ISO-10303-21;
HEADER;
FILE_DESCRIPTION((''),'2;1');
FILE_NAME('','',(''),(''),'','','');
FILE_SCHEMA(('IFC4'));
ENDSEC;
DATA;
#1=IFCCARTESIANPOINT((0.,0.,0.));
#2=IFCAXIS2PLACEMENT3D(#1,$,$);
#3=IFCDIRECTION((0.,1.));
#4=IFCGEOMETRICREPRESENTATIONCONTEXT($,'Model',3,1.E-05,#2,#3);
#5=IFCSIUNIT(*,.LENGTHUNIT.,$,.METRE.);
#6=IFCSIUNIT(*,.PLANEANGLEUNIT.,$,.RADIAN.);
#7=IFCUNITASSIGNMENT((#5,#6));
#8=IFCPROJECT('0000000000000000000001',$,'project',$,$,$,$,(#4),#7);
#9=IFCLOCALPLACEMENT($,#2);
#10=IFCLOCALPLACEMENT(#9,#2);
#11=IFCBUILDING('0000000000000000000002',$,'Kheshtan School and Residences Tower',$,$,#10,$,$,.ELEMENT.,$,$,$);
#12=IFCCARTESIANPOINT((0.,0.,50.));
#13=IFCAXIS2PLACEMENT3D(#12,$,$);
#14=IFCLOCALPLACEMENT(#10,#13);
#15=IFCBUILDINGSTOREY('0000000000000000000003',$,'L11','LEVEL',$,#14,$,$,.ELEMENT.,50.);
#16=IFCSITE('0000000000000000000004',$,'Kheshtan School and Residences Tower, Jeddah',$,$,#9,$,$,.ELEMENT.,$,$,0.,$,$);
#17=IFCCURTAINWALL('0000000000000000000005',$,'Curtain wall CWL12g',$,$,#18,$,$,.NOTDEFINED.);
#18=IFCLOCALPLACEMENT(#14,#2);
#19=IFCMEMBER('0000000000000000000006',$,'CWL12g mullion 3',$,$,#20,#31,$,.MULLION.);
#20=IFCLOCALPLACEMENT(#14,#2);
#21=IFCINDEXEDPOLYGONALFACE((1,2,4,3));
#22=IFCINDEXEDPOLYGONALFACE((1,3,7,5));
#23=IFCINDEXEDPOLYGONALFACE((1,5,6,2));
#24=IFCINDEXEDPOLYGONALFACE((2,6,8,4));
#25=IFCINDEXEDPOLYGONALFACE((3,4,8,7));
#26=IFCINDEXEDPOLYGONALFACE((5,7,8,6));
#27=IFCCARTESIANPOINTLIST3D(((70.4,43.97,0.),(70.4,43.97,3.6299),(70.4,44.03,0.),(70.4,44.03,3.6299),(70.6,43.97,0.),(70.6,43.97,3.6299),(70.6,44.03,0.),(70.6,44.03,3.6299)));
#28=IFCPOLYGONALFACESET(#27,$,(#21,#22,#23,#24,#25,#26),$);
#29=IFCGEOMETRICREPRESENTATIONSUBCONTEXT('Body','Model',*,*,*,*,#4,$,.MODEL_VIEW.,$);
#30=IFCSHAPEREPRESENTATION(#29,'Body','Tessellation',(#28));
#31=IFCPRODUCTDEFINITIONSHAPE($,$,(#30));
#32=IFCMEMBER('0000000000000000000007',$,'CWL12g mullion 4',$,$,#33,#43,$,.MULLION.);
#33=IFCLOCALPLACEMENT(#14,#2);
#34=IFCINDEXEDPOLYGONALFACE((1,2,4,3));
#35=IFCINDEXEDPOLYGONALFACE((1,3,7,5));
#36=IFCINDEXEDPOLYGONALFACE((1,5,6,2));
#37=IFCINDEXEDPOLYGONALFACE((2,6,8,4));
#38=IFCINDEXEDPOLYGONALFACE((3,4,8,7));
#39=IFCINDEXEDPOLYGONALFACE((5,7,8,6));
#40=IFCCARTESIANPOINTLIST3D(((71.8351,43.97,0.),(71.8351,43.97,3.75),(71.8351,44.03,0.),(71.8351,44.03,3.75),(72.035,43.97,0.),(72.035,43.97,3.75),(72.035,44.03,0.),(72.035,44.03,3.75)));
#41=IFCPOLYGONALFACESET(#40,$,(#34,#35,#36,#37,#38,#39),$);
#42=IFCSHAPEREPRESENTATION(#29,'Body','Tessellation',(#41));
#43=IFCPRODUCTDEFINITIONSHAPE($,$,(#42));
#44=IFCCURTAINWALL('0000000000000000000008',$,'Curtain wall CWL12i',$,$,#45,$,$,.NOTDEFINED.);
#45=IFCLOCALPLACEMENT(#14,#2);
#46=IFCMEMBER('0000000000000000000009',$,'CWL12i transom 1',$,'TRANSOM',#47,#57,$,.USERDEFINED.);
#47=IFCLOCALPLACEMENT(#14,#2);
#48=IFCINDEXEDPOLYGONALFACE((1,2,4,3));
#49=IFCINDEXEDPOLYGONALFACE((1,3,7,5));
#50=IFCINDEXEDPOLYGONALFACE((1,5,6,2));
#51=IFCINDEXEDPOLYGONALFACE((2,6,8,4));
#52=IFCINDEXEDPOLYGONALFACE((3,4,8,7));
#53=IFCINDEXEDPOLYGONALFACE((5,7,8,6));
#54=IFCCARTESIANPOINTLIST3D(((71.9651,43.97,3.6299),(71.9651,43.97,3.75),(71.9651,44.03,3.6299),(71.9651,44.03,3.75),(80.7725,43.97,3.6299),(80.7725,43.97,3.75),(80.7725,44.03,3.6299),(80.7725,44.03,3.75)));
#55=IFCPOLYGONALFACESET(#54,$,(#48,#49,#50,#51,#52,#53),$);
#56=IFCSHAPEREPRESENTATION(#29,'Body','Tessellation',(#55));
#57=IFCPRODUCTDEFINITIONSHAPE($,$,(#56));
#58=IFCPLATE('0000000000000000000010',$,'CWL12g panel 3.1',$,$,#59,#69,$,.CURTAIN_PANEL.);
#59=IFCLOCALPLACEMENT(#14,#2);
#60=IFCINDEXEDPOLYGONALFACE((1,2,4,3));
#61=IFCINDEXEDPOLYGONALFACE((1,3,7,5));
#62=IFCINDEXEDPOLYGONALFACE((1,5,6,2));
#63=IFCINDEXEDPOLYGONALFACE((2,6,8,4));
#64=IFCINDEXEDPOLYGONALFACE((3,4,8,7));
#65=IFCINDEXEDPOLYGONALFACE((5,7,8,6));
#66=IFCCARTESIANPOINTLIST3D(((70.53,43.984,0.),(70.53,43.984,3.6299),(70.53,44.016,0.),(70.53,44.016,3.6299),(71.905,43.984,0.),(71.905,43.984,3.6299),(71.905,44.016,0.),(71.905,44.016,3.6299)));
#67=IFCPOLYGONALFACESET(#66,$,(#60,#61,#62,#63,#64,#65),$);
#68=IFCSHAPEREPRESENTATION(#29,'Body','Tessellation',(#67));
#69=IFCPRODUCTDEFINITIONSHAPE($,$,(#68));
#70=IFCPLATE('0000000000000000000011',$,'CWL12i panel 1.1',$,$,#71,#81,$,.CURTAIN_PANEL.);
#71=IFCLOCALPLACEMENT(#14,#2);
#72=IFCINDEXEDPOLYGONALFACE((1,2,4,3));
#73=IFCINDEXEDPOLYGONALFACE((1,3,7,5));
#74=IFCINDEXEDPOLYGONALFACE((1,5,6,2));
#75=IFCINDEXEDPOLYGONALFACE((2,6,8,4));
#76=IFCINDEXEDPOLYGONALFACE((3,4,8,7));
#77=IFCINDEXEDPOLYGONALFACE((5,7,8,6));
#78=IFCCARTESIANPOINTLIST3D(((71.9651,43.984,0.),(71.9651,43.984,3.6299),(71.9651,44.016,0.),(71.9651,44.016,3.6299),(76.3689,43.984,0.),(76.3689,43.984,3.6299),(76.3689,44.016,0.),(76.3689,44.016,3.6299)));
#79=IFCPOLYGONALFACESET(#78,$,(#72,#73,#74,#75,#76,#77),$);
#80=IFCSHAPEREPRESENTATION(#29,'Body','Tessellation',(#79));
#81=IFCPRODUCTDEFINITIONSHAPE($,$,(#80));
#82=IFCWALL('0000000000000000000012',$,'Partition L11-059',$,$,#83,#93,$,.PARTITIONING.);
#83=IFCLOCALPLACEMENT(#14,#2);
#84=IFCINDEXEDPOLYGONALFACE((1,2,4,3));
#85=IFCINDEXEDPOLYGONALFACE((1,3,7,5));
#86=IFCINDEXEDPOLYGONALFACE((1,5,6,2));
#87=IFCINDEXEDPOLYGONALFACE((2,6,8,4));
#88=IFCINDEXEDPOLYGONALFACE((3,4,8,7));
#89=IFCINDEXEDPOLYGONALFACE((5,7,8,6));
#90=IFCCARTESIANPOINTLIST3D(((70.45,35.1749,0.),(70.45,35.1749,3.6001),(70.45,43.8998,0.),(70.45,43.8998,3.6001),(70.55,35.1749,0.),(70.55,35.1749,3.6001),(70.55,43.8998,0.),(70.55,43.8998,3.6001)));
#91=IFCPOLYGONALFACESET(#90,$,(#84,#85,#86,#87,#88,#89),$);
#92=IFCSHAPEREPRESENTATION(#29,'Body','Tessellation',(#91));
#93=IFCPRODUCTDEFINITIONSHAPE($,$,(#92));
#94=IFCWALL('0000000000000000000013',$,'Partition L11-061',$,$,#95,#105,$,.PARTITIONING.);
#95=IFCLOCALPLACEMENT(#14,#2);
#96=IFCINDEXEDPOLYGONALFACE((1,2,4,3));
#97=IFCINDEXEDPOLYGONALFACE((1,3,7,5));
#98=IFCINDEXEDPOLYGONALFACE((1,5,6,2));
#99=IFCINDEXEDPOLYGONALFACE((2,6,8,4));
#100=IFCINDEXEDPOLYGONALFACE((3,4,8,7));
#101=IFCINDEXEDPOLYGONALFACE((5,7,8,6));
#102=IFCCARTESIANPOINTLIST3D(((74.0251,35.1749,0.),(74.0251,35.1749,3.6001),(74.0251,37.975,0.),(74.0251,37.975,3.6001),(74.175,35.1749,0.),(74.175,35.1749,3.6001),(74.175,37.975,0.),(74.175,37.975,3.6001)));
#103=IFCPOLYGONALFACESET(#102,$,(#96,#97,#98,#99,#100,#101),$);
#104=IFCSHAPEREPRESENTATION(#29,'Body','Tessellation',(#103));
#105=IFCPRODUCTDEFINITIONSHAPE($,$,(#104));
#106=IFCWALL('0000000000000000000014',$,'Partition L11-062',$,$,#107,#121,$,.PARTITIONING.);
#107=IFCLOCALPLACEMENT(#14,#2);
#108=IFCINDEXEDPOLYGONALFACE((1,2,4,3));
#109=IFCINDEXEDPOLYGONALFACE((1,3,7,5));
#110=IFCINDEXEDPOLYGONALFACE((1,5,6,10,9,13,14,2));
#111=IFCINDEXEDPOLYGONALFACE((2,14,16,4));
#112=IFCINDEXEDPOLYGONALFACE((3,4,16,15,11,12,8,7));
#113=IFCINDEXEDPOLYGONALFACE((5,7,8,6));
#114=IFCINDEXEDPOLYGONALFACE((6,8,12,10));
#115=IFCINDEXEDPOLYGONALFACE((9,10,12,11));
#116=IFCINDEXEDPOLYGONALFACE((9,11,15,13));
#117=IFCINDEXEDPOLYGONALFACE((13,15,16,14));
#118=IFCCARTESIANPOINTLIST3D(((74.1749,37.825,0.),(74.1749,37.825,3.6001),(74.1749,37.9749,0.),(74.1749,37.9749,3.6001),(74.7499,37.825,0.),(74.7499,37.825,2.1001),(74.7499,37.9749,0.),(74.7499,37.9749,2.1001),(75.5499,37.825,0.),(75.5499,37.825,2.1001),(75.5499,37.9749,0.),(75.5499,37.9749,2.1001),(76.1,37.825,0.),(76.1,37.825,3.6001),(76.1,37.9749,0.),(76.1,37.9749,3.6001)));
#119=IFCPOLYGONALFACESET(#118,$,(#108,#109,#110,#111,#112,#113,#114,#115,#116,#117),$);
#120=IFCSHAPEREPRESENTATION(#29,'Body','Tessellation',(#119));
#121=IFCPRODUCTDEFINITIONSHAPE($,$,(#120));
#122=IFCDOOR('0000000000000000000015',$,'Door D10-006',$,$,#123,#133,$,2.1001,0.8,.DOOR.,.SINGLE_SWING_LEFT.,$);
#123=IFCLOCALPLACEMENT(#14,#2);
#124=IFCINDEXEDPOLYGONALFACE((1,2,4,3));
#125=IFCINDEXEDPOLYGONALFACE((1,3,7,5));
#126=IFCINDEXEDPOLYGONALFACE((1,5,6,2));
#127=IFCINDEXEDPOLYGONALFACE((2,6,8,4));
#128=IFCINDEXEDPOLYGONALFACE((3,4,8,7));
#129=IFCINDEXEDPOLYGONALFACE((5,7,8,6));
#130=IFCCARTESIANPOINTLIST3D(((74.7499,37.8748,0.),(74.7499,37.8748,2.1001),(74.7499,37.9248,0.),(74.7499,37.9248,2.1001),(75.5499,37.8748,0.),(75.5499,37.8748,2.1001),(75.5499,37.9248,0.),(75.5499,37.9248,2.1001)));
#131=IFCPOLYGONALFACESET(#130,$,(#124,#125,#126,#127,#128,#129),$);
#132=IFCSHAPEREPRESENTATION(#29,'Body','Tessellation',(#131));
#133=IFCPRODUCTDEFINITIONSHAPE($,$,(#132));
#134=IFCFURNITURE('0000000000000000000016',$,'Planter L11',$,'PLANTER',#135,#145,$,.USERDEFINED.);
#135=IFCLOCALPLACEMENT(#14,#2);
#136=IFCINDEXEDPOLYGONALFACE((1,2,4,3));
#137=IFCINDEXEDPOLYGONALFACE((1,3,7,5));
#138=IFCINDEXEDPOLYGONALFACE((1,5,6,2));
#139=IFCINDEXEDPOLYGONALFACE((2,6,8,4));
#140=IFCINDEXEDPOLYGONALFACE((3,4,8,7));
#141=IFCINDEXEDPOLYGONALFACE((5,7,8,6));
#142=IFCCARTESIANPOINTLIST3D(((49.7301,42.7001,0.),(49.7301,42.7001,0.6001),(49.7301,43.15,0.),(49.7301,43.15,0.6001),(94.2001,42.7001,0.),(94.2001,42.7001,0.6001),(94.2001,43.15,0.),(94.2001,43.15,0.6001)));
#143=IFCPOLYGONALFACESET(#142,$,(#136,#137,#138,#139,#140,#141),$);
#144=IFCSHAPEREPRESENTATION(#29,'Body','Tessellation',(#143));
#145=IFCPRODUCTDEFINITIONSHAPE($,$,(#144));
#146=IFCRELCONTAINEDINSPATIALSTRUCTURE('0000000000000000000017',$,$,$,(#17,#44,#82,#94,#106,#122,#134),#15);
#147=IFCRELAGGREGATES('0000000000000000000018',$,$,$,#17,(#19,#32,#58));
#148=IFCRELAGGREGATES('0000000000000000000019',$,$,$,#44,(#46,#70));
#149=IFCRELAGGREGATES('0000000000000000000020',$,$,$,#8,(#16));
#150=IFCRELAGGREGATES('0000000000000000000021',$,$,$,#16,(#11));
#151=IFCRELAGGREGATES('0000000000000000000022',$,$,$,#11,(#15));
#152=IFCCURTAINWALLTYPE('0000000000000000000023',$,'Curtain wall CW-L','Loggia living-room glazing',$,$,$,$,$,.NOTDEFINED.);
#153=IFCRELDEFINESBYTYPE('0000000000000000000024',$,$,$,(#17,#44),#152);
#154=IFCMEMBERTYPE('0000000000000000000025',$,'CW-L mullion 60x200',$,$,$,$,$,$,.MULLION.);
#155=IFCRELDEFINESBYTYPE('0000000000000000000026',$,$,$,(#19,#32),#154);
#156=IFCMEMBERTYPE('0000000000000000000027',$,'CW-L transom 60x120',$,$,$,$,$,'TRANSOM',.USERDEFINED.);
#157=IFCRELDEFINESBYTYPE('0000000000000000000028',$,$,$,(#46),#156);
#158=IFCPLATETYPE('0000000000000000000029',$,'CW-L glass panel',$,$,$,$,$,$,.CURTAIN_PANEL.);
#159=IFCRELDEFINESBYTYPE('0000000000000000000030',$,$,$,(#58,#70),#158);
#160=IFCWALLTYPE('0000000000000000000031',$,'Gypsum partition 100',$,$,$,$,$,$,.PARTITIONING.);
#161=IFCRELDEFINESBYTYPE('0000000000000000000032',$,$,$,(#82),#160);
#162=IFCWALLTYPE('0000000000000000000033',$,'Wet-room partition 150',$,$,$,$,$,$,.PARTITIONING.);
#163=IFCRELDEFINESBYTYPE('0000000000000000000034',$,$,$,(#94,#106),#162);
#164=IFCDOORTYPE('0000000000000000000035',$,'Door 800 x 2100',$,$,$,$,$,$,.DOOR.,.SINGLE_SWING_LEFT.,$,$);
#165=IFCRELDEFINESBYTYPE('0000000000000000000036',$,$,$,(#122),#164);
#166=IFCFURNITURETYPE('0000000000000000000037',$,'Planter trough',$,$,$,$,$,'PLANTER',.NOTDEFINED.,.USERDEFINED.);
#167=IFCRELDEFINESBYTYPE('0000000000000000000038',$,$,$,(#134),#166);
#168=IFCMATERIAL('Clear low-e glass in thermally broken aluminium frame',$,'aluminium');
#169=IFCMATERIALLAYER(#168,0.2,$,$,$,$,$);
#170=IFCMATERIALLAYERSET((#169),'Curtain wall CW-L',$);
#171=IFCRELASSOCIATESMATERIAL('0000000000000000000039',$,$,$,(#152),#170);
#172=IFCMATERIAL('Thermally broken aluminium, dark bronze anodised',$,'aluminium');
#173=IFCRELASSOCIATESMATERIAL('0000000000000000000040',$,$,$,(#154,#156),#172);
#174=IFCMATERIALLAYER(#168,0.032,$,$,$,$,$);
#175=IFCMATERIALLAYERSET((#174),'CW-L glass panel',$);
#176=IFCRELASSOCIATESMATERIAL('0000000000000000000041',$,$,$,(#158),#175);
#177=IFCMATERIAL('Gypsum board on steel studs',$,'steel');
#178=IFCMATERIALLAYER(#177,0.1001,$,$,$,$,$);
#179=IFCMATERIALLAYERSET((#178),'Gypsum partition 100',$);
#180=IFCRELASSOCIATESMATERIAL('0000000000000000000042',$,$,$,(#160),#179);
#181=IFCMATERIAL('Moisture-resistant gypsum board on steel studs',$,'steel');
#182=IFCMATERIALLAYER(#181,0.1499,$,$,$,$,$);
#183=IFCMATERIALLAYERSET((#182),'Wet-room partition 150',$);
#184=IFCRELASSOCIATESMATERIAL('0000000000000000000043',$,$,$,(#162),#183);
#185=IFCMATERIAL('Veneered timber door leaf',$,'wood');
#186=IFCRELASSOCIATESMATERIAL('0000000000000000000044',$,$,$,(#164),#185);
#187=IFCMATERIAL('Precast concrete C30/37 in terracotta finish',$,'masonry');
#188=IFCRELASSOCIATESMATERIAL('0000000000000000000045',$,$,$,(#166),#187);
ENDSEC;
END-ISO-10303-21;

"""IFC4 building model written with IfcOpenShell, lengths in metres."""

from ifc_helpers import new_model, si_unit, direction, frame, frame_2d, origin, origin_2d, place, context, subcontext, project, spatial, rectangle, extrude, source, transform, mapped, material, layer, layer_set, material_profile, profile_set, type_object, element, fill, aggregate, save


model = new_model("IFC4")

# Units and contexts
model_context = context("Model", 3, precision=1e-05, world=origin(), true_north=direction((0.0, 1.0)))
body_context = subcontext(model_context, "Body", "Model", "MODEL_VIEW")
ifc_project = project(units=[si_unit("LENGTHUNIT", "METRE"), si_unit("PLANEANGLEUNIT", "RADIAN")], contexts=[model_context])

# Site, building, storey
site_placement = place(None, origin())
site = spatial("IfcSite", under=ifc_project, at=site_placement, Name="Kheshtan School and Residences Tower, Jeddah", CompositionType="ELEMENT", RefElevation=0.0)
building_placement = place(site_placement, origin())
building = spatial("IfcBuilding", under=site, at=building_placement, Name="Kheshtan School and Residences Tower", CompositionType="ELEMENT")
storey_placement = place(building_placement, frame((0.0, 0.0, 50.0)))
storey = spatial("IfcBuildingStorey", under=building, at=storey_placement, Name="L11", Description="LEVEL", CompositionType="ELEMENT", Elevation=50.0)

# Curtain wall, members
ifc_material_1 = material(Name="Clear low-e glass in thermally broken aluminium frame", Category="aluminium")
ifc_layer_1 = layer(ifc_material_1, 0.2)
ifc_layer_set_1 = layer_set([ifc_layer_1], Name="Curtain wall CW-L")
curtain_wall_type = type_object("IfcCurtainWallType", Name="Curtain wall CW-L", Description="Loggia living-room glazing", PredefinedType="NOTDEFINED", material=ifc_layer_set_1)
curtain_wall_1_placement = place(storey_placement, origin())
curtain_wall_1 = element("IfcCurtainWall", 1, at=curtain_wall_1_placement, inside=storey, type_object=curtain_wall_type, Name="Curtain wall CWL12g", PredefinedType="NOTDEFINED")
ifc_material_2 = material(Name="Thermally broken aluminium, dark bronze anodised", Category="aluminium")
ifc_material_profile_1 = material_profile(ifc_material_2, rectangle(XDim=0.0601, YDim=0.2, at=origin_2d()), Name="CW-L mullion 60x200")
ifc_profile_set_1 = profile_set([ifc_material_profile_1], Name="Thermally broken aluminium, dark bronze anodised")
member_type_1 = type_object("IfcMemberType", Name="CW-L mullion 60x200", PredefinedType="MULLION", material=ifc_profile_set_1)
member_1_placement = place(storey_placement, frame((70.5, 44.0, 0.0), z_axis=(0.0, 0.0, 1.0), x_axis=(0.0, 1.0, 0.0)))
member_1 = element("IfcMember", 2, at=member_1_placement, type_object=member_type_1, Name="CWL12g mullion 3", PredefinedType="MULLION", context=body_context, shape_type="SweptSolid", body=[
    extrude(rectangle(XDim=0.0601, YDim=0.2, at=origin_2d()), origin(), (0.0, 0.0, 1.0), 3.6299),
])
member_2_placement = place(storey_placement, frame((71.9351, 44.0, 0.0), z_axis=(0.0, 0.0, 1.0), x_axis=(0.0, 1.0, 0.0)))
member_2 = element("IfcMember", 3, at=member_2_placement, type_object=member_type_1, Name="CWL12g mullion 4", PredefinedType="MULLION", context=body_context, shape_type="SweptSolid", body=[
    extrude(rectangle(XDim=0.0601, YDim=0.2, at=origin_2d()), origin(), (0.0, 0.0, 1.0), 3.75),
])

# Curtain wall, member
curtain_wall_2_placement = place(storey_placement, origin())
curtain_wall_2 = element("IfcCurtainWall", 4, at=curtain_wall_2_placement, inside=storey, type_object=curtain_wall_type, Name="Curtain wall CWL12i", PredefinedType="NOTDEFINED")
ifc_material_profile_2 = material_profile(ifc_material_2, rectangle(XDim=0.0601, YDim=0.1201, at=origin_2d()), Name="CW-L transom 60x120")
ifc_profile_set_2 = profile_set([ifc_material_profile_2], Name="Thermally broken aluminium, dark bronze anodised")
member_type_2 = type_object("IfcMemberType", Name="CW-L transom 60x120", ElementType="TRANSOM", PredefinedType="USERDEFINED", material=ifc_profile_set_2)
member_3_placement = place(storey_placement, frame((71.9651, 44.0, 3.6899), z_axis=(1.0, 0.0, 0.0), x_axis=(0.0, 1.0, 0.0)))
member_3 = element("IfcMember", 5, at=member_3_placement, type_object=member_type_2, Name="CWL12i transom 1", ObjectType="TRANSOM", PredefinedType="USERDEFINED", context=body_context, shape_type="SweptSolid", body=[
    extrude(rectangle(XDim=0.0601, YDim=0.1201, at=origin_2d()), origin(), (0.0, 0.0, 1.0), 8.8074),
])

# Plates
ifc_layer_2 = layer(ifc_material_1, 0.032)
ifc_layer_set_2 = layer_set([ifc_layer_2], Name="CW-L glass panel")
plate_type = type_object("IfcPlateType", Name="CW-L glass panel", PredefinedType="CURTAIN_PANEL", material=ifc_layer_set_2)
plate_1_placement = place(storey_placement, frame((71.2175, 44.0, 0.0), z_axis=(0.0, 0.0, 1.0), x_axis=(1.0, 0.0, 0.0)))
plate_1 = element("IfcPlate", 6, at=plate_1_placement, type_object=plate_type, Name="CWL12g panel 3.1", PredefinedType="CURTAIN_PANEL", context=body_context, shape_type="SweptSolid", body=[
    extrude(rectangle(XDim=1.375, YDim=0.032, at=origin_2d()), origin(), (0.0, 0.0, 1.0), 3.6299),
])
aggregate(curtain_wall_1, [member_1, member_2, plate_1])
plate_2_placement = place(storey_placement, frame((74.167, 44.0, 0.0), z_axis=(0.0, 0.0, 1.0), x_axis=(1.0, 0.0, 0.0)))
plate_2 = element("IfcPlate", 7, at=plate_2_placement, type_object=plate_type, Name="CWL12i panel 1.1", PredefinedType="CURTAIN_PANEL", context=body_context, shape_type="SweptSolid", body=[
    extrude(rectangle(XDim=4.4038, YDim=0.032, at=origin_2d()), origin(), (0.0, 0.0, 1.0), 3.6299),
])
aggregate(curtain_wall_2, [member_3, plate_2])

# Walls
ifc_material_3 = material(Name="Gypsum board on steel studs", Category="steel")
ifc_layer_3 = layer(ifc_material_3, 0.1001)
ifc_layer_set_3 = layer_set([ifc_layer_3], Name="Gypsum partition 100")
wall_type_1 = type_object("IfcWallType", Name="Gypsum partition 100", PredefinedType="PARTITIONING", material=ifc_layer_set_3)
wall_1_placement = place(storey_placement, frame((70.5, 35.175, 0.0), z_axis=(0.0, 0.0, 1.0), x_axis=(0.0, 1.0, 0.0)))
element("IfcWall", 8, at=wall_1_placement, inside=storey, type_object=wall_type_1, Name="Partition L11-059", PredefinedType="PARTITIONING", context=body_context, shape_type="SweptSolid", body=[
    extrude(rectangle(XDim=8.7249, YDim=0.1001, at=frame_2d((4.3623, 0.0))), origin(), (0.0, 0.0, 1.0), 3.6001),
])
ifc_material_4 = material(Name="Moisture-resistant gypsum board on steel studs", Category="steel")
ifc_layer_4 = layer(ifc_material_4, 0.1499)
ifc_layer_set_4 = layer_set([ifc_layer_4], Name="Wet-room partition 150")
wall_type_2 = type_object("IfcWallType", Name="Wet-room partition 150", PredefinedType="PARTITIONING", material=ifc_layer_set_4)
wall_2_placement = place(storey_placement, frame((74.1001, 35.175, 0.0), z_axis=(0.0, 0.0, 1.0), x_axis=(0.0, 1.0, 0.0)))
element("IfcWall", 9, at=wall_2_placement, inside=storey, type_object=wall_type_2, Name="Partition L11-061", PredefinedType="PARTITIONING", context=body_context, shape_type="SweptSolid", body=[
    extrude(rectangle(XDim=2.8, YDim=0.1499, at=frame_2d((1.3999, 0.0))), origin(), (0.0, 0.0, 1.0), 3.6001),
])

# Wall, opening, door
wall_3_placement = place(storey_placement, frame((74.175, 37.8999, 0.0), z_axis=(0.0, 0.0, 1.0), x_axis=(1.0, 0.0, 0.0)))
wall_3 = element("IfcWall", 10, at=wall_3_placement, inside=storey, type_object=wall_type_2, Name="Partition L11-062", PredefinedType="PARTITIONING", context=body_context, shape_type="SweptSolid", body=[
    extrude(rectangle(XDim=1.925, YDim=0.1499, at=frame_2d((0.9624, 0.0))), origin(), (0.0, 0.0, 1.0), 3.6001),
])
opening_placement = place(wall_3_placement, frame((0.575, 0.0, 0.0)))
opening = element("IfcOpeningElement", 11, at=opening_placement, cuts=wall_3, PredefinedType="OPENING", context=body_context, shape_type="SweptSolid", body=[
    extrude(rectangle(XDim=0.8, YDim=2.1001, at=frame_2d((0.3999, 1.05))), frame((0.0, 0.085, 0.0), z_axis=(0.0, -1.0, 0.0), x_axis=(1.0, 0.0, 0.0)), (0.0, 0.0, 1.0), 0.1699),
])
ifc_material_5 = material(Name="Veneered timber door leaf", Category="wood")
door_type = type_object("IfcDoorType", Name="Door 800 x 2100", OperationType="SINGLE_SWING_LEFT", PredefinedType="DOOR", material=ifc_material_5)
shared_shape = source(origin(), body_context, "Body", "SweptSolid", [
    extrude(rectangle(XDim=0.8, YDim=2.1001, at=frame_2d((0.3999, 1.05))), frame((0.0, 0.0249, 0.0), z_axis=(0.0, -1.0, 0.0), x_axis=(1.0, 0.0, 0.0)), (0.0, 0.0, 1.0), 0.05),
])
door_placement = place(opening_placement, origin())
door = element("IfcDoor", 12, at=door_placement, inside=storey, type_object=door_type, Name="Door D10-006", OperationType="SINGLE_SWING_LEFT", OverallHeight=2.1001, OverallWidth=0.8, PredefinedType="DOOR", context=body_context, shape_type="MappedRepresentation", body=[
    mapped(shared_shape, transform((0.0, 0.0, 0.0), x_axis=(1.0, 0.0, 0.0), y_axis=(0.0, 1.0, 0.0), z_axis=(0.0, 0.0, 1.0), scale=1.0)),
])
fill(opening, door)

# Furniture
ifc_material_6 = material(Name="Precast concrete C30/37 in terracotta finish", Category="masonry")
furniture_type = type_object("IfcFurnitureType", Name="Planter trough", ElementType="PLANTER", AssemblyPlace="NOTDEFINED", PredefinedType="USERDEFINED", material=ifc_material_6)
furniture_placement = place(storey_placement, frame((71.9651, 42.925, 0.0), z_axis=(0.0, 0.0, 1.0), x_axis=(1.0, 0.0, 0.0)))
element("IfcFurniture", 13, at=furniture_placement, inside=storey, type_object=furniture_type, Name="Planter L11", ObjectType="PLANTER", PredefinedType="USERDEFINED", context=body_context, shape_type="SweptSolid", body=[
    extrude(rectangle(XDim=44.47, YDim=0.45, at=origin_2d()), origin(), (0.0, 0.0, 1.0), 0.6001),
])

save(model, "model.ifc")
